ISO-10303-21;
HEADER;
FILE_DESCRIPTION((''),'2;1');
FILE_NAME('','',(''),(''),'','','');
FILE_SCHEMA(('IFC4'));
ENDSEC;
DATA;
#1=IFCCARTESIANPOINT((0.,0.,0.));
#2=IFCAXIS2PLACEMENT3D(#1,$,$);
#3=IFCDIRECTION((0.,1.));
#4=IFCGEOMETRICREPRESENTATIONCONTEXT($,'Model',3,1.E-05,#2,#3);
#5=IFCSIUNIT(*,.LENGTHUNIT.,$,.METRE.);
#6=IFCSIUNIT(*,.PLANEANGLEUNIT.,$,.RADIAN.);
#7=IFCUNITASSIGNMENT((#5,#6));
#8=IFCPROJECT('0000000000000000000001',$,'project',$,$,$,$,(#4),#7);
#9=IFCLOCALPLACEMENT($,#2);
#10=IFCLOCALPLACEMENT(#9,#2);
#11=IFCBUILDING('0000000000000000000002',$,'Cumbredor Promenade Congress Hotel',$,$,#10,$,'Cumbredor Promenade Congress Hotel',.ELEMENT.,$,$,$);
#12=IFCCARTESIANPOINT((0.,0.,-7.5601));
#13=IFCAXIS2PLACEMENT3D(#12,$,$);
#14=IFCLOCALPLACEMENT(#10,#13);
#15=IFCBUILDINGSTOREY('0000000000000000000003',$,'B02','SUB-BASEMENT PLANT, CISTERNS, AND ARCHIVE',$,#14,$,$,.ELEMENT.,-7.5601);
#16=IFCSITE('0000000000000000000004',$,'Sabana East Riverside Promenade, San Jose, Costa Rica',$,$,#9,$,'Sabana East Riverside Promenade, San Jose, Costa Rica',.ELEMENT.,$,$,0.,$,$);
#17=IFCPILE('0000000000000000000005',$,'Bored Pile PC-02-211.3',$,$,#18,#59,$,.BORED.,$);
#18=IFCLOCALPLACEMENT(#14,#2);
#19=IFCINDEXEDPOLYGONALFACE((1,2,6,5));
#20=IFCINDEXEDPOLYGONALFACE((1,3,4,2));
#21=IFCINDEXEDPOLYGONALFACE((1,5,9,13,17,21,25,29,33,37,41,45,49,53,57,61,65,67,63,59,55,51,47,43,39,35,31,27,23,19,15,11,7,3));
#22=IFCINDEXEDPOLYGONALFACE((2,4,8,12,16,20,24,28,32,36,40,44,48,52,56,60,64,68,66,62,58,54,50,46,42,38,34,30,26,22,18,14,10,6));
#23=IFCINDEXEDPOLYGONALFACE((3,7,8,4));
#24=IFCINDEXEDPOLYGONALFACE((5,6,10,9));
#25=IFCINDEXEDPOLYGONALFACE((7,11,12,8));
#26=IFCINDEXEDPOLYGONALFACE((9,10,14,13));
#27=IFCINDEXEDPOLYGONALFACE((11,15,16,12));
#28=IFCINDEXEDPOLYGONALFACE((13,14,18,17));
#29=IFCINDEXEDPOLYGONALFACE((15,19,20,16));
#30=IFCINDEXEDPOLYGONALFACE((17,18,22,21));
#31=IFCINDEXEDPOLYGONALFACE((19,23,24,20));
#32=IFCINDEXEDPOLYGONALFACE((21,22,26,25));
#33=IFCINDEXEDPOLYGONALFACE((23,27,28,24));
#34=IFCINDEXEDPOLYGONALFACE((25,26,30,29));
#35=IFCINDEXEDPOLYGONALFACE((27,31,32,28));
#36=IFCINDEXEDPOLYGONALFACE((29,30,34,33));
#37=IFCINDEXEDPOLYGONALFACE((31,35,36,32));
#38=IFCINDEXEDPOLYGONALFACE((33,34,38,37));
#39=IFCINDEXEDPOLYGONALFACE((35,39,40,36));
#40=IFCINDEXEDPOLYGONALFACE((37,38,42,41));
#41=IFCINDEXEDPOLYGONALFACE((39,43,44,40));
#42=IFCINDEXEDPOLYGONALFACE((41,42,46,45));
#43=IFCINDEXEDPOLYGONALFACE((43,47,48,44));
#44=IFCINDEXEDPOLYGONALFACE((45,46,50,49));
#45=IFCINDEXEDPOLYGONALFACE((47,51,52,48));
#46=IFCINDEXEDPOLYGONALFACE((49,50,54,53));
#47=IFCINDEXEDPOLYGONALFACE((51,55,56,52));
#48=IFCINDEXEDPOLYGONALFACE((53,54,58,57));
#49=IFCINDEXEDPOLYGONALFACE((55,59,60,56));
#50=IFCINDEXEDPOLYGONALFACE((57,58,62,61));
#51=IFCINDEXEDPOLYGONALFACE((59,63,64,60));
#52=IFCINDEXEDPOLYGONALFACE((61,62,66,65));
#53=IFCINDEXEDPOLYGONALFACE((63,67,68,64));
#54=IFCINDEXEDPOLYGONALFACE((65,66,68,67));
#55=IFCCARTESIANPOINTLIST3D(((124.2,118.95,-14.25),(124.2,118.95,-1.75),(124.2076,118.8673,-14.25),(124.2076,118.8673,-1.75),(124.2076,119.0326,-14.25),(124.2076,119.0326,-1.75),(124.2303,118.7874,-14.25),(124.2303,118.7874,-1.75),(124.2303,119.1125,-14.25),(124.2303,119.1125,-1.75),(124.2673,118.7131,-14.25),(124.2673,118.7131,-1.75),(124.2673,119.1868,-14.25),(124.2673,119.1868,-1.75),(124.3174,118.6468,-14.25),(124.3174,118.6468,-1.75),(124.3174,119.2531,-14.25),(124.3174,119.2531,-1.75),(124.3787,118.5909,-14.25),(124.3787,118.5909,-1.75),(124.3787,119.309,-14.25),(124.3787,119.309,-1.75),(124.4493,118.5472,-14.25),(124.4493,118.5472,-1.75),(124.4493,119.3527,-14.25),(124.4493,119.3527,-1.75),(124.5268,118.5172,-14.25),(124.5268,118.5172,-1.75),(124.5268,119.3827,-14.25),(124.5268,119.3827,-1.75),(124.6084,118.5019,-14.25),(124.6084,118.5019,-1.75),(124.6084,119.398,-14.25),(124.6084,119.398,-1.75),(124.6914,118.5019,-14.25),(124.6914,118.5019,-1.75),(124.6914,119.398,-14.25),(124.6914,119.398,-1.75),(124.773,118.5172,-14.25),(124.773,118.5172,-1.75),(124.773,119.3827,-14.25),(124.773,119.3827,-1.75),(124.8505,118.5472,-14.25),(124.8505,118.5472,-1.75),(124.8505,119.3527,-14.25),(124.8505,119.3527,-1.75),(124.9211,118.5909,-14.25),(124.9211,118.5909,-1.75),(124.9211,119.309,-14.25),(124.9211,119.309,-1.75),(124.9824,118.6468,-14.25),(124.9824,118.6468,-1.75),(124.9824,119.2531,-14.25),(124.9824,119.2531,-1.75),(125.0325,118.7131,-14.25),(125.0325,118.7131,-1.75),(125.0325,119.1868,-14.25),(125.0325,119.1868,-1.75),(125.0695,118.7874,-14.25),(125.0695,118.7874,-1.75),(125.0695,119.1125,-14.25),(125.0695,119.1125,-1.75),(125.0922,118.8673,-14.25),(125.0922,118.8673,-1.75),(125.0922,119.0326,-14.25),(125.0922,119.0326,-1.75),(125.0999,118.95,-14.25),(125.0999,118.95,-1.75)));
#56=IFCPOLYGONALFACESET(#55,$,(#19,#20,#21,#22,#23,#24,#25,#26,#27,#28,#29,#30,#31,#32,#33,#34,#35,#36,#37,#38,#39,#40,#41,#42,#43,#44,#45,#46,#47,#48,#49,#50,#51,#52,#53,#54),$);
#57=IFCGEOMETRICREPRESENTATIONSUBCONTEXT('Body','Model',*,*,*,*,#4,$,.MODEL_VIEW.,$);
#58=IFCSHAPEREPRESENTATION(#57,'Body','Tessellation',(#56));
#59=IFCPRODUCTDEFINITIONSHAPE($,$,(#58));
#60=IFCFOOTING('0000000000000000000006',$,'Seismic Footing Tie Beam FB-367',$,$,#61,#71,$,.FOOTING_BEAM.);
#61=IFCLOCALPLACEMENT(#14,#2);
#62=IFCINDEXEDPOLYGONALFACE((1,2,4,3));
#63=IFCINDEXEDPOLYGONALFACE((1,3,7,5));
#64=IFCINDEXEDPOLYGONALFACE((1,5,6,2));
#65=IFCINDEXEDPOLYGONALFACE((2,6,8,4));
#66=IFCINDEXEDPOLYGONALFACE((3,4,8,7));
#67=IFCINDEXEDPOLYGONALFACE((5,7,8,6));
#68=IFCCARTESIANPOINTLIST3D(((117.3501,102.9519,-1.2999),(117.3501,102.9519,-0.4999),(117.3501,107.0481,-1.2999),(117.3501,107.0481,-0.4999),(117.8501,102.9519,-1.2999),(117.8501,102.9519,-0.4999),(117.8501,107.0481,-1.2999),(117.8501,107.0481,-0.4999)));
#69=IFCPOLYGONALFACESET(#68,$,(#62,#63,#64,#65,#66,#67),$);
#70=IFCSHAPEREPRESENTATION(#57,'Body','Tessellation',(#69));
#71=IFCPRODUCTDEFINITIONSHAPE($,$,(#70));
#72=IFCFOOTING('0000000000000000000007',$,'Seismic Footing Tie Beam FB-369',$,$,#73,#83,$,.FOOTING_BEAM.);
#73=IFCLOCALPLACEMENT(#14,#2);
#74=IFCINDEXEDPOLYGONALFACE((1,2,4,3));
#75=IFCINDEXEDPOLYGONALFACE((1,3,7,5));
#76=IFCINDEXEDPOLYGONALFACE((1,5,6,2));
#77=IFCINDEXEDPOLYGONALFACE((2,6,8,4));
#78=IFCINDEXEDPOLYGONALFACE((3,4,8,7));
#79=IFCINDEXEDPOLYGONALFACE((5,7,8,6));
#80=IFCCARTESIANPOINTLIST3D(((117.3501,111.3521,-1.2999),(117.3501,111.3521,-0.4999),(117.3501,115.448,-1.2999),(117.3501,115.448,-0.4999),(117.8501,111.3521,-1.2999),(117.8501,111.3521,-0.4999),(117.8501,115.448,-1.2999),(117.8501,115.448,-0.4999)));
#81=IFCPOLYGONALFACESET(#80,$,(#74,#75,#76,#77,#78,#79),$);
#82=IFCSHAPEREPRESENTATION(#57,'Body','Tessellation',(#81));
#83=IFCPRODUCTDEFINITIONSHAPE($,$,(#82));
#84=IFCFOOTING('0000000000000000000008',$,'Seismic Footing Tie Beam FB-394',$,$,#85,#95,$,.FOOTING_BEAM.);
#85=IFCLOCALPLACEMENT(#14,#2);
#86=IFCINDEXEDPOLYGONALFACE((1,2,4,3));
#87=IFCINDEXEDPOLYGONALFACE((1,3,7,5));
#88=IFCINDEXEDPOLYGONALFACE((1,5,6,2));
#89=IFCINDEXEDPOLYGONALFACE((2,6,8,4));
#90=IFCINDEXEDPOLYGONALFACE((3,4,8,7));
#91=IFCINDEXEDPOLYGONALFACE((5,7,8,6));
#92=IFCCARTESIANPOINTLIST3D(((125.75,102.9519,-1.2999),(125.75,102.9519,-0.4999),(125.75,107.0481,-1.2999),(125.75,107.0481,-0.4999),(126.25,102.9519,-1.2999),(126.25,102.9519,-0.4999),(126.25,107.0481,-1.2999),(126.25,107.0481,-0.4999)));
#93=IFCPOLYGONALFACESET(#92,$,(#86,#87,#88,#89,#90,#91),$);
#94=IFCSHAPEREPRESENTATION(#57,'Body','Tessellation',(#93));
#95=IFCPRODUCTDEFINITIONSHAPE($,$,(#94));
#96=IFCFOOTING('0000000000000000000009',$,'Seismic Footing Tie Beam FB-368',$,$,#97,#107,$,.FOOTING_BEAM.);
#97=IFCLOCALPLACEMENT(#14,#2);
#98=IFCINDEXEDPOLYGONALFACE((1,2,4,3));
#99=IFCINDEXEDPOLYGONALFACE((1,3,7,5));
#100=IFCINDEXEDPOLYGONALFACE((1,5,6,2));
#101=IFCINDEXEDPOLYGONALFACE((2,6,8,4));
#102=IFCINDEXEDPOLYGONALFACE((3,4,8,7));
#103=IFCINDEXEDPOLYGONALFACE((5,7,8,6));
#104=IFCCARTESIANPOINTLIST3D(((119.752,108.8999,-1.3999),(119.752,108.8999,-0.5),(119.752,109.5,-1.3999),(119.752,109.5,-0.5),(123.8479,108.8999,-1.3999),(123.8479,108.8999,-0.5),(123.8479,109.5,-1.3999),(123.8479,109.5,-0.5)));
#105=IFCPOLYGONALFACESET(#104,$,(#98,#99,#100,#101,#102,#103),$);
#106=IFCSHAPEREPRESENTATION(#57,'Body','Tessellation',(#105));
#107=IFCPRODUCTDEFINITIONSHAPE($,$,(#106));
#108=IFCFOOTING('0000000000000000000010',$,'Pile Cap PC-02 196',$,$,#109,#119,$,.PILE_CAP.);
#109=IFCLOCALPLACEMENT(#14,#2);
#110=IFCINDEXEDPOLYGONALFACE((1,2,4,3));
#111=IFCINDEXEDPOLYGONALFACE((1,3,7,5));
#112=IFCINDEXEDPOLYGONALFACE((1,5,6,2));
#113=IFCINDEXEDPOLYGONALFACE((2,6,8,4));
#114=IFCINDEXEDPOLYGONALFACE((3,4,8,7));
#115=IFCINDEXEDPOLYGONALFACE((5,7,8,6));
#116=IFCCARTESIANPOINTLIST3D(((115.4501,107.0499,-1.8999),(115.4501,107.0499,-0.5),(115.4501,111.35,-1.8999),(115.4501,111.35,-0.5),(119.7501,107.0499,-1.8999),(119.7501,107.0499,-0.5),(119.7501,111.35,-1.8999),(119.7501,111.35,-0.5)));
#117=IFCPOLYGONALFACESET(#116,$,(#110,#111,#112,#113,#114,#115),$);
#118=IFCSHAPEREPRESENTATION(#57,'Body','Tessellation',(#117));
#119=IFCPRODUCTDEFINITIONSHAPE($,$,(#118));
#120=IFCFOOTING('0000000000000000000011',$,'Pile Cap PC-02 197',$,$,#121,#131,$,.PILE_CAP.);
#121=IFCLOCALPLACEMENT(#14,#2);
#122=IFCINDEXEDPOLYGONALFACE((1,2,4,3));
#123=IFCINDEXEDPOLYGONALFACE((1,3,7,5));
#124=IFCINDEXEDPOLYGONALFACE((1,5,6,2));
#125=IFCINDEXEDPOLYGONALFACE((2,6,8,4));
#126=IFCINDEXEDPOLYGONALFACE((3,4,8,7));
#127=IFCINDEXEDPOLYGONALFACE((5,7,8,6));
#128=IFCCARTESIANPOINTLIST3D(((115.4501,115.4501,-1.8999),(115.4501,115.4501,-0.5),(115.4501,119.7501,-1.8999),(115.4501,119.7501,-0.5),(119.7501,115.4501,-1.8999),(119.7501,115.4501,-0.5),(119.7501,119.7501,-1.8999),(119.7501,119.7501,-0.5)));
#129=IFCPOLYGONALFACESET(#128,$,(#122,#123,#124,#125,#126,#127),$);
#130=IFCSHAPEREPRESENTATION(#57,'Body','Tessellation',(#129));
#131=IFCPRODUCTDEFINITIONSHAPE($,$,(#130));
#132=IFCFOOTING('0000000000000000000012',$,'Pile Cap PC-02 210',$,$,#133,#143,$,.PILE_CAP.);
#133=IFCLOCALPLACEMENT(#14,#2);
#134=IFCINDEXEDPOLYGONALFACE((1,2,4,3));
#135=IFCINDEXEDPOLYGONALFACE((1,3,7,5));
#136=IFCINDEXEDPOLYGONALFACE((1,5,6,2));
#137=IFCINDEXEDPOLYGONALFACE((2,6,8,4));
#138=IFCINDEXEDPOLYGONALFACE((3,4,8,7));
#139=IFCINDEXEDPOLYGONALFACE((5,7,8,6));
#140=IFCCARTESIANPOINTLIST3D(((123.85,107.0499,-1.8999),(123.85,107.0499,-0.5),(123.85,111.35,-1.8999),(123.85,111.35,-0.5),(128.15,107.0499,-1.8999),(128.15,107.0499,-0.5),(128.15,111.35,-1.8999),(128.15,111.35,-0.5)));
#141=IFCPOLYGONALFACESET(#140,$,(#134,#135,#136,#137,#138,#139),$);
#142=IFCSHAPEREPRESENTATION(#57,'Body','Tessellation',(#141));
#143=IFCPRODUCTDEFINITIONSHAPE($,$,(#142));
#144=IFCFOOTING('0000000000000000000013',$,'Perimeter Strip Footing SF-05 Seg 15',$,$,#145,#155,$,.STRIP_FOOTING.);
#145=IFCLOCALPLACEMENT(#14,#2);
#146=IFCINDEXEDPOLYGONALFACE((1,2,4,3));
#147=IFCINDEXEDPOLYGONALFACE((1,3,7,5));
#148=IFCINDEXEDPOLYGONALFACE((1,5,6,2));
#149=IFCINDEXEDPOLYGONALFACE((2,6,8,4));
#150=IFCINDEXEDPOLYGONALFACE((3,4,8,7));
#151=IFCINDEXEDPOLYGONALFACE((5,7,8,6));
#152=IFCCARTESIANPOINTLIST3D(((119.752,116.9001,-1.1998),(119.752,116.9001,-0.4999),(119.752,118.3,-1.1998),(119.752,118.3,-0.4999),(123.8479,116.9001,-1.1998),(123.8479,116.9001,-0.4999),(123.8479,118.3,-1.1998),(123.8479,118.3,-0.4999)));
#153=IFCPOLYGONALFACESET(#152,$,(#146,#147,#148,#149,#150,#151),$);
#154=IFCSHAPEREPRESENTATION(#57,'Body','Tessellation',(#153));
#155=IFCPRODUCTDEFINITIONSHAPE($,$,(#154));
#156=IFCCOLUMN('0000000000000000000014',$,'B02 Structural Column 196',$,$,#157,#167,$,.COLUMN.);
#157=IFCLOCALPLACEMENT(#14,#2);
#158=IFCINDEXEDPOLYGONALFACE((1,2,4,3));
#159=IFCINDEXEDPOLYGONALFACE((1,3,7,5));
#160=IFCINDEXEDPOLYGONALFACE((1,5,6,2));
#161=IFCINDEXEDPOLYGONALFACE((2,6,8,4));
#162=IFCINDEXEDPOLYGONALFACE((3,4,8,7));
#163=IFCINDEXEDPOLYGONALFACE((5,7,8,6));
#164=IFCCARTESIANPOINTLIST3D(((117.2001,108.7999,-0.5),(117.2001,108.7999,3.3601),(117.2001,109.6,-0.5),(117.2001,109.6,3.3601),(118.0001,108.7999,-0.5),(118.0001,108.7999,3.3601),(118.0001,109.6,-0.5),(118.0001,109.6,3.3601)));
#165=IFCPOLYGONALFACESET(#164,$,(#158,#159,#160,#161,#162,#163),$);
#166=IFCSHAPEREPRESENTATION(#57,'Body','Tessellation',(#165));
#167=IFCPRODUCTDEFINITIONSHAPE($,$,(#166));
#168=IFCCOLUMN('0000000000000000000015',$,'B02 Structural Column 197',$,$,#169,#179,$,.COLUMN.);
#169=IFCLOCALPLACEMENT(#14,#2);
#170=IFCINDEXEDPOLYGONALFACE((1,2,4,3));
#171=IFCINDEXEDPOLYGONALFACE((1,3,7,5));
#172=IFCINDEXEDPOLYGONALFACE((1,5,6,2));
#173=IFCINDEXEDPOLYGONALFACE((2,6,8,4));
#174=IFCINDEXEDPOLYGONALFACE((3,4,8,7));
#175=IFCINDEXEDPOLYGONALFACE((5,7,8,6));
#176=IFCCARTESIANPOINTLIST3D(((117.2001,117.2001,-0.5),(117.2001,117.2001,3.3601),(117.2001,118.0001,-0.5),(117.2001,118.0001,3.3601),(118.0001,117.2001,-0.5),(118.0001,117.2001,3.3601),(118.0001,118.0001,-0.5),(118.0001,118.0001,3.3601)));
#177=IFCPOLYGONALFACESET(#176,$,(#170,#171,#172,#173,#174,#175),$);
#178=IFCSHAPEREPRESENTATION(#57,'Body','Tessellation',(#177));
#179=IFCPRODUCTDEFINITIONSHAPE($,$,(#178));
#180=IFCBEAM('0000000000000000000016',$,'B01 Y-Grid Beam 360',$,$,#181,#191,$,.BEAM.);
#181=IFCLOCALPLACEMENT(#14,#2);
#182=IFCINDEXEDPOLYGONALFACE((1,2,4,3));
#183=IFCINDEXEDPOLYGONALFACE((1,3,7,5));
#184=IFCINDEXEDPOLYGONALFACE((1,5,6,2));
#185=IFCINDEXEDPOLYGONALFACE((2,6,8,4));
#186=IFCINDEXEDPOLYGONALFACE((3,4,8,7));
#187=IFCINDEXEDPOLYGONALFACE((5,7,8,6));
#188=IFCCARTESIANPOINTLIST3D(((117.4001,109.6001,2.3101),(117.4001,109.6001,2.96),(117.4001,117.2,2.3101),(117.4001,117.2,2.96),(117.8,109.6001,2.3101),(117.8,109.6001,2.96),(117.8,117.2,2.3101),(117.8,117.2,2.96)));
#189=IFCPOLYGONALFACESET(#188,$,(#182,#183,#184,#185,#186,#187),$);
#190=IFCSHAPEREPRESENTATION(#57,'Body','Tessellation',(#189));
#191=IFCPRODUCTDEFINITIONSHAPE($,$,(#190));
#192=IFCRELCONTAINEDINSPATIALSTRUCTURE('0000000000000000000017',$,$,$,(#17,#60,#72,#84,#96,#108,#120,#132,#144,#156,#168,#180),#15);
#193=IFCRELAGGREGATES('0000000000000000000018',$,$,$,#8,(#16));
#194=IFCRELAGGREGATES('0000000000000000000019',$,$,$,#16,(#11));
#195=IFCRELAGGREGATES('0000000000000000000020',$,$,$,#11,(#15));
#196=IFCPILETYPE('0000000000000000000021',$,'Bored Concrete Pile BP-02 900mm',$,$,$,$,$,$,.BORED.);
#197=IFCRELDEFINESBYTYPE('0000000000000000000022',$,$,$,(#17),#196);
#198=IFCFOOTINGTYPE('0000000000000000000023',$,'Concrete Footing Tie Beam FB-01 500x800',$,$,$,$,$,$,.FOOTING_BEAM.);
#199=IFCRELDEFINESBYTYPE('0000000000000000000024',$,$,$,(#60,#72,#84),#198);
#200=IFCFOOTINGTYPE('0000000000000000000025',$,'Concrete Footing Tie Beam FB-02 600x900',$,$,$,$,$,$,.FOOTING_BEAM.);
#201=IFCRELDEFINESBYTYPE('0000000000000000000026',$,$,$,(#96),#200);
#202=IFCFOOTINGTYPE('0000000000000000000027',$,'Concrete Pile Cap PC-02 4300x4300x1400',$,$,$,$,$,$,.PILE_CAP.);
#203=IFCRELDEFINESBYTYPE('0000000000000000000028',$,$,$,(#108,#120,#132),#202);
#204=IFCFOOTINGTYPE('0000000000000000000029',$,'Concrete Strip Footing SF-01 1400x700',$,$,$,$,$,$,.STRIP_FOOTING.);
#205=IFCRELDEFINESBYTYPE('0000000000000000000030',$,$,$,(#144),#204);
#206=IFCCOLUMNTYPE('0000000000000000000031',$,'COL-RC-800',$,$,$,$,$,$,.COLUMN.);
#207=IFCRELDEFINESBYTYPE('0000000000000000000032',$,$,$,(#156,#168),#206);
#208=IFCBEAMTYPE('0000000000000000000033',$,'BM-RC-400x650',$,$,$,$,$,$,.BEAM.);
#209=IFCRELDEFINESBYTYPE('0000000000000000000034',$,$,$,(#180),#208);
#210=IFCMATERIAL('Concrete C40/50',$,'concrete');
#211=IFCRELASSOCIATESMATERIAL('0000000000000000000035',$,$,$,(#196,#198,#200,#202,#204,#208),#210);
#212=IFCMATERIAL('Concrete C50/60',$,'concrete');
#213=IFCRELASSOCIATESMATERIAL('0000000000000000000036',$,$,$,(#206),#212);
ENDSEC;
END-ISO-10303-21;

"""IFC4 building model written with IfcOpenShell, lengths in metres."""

from ifc_helpers import new_model, si_unit, direction, frame, origin, origin_2d, place, context, subcontext, project, spatial, rectangle, circle, extrude, material, material_profile, profile_set, type_object, element, save


model = new_model("IFC4")

# Units and contexts
model_context = context("Model", 3, precision=1e-05, world=origin(), true_north=direction((0.0, 1.0)))
body_context = subcontext(model_context, "Body", "Model", "MODEL_VIEW")
ifc_project = project(units=[si_unit("LENGTHUNIT", "METRE"), si_unit("PLANEANGLEUNIT", "RADIAN")], contexts=[model_context])

# Site, building, storey
site_placement = place(None, origin())
site = spatial("IfcSite", under=ifc_project, at=site_placement, Name="Sabana East Riverside Promenade, San Jose, Costa Rica", LongName="Sabana East Riverside Promenade, San Jose, Costa Rica", CompositionType="ELEMENT", RefElevation=0.0)
building_placement = place(site_placement, origin())
building = spatial("IfcBuilding", under=site, at=building_placement, Name="Cumbredor Promenade Congress Hotel", LongName="Cumbredor Promenade Congress Hotel", CompositionType="ELEMENT")
storey_placement = place(building_placement, frame((0.0, 0.0, -7.5601)))
storey = spatial("IfcBuildingStorey", under=building, at=storey_placement, Name="B02", Description="SUB-BASEMENT PLANT, CISTERNS, AND ARCHIVE", CompositionType="ELEMENT", Elevation=-7.5601)

# Pile
ifc_material_1 = material(Name="Concrete C40/50", Category="concrete")
ifc_material_profile_1 = material_profile(ifc_material_1, circle(Radius=0.45, at=origin_2d()), Name="PILE D900")
ifc_profile_set_1 = profile_set([ifc_material_profile_1], Name="Concrete C40/50")
pile_type = type_object("IfcPileType", Name="Bored Concrete Pile BP-02 900mm", PredefinedType="BORED", material=ifc_profile_set_1)
for number, where, z_axis, x_axis, name in (
    (1, (124.6499, 118.95, -1.75), (0.0, 0.0, -1.0), (1.0, 0.0, 0.0), "Bored Pile PC-02-211.3"),
):
    element("IfcPile", number, at=place(storey_placement, frame(where, z_axis=z_axis, x_axis=x_axis)), inside=storey, type_object=pile_type, Name=name, PredefinedType="BORED", context=body_context, shape_type="SweptSolid", body=[
        extrude(circle(Radius=0.45, at=origin_2d()), origin(), (0.0, 0.0, 1.0), 12.5),
    ])

# Footings
ifc_material_profile_2 = material_profile(ifc_material_1, rectangle(XDim=0.5, YDim=0.8, at=origin_2d()), Name="FB 500x800")
ifc_profile_set_2 = profile_set([ifc_material_profile_2], Name="Concrete C40/50")
footing_type_1 = type_object("IfcFootingType", Name="Concrete Footing Tie Beam FB-01 500x800", PredefinedType="FOOTING_BEAM", material=ifc_profile_set_2)
footing_1_placement = place(storey_placement, frame((117.6001, 102.9519, -0.8999), z_axis=(0.0, 1.0, 0.0), x_axis=(-1.0, 0.0, 0.0)))
element("IfcFooting", 2, at=footing_1_placement, inside=storey, type_object=footing_type_1, Name="Seismic Footing Tie Beam FB-367", PredefinedType="FOOTING_BEAM", context=body_context, shape_type="SweptSolid", body=[
    extrude(rectangle(XDim=0.5, YDim=0.8, at=origin_2d()), origin(), (0.0, 0.0, 1.0), 4.0962),
])
footing_2_placement = place(storey_placement, frame((117.6001, 111.3521, -0.8999), z_axis=(0.0, 1.0, 0.0), x_axis=(-1.0, 0.0, 0.0)))
element("IfcFooting", 3, at=footing_2_placement, inside=storey, type_object=footing_type_1, Name="Seismic Footing Tie Beam FB-369", PredefinedType="FOOTING_BEAM", context=body_context, shape_type="SweptSolid", body=[
    extrude(rectangle(XDim=0.5, YDim=0.8, at=origin_2d()), origin(), (0.0, 0.0, 1.0), 4.0959),
])
footing_3_placement = place(storey_placement, frame((126.0, 102.9519, -0.8999), z_axis=(0.0, 1.0, 0.0), x_axis=(-1.0, 0.0, 0.0)))
element("IfcFooting", 4, at=footing_3_placement, inside=storey, type_object=footing_type_1, Name="Seismic Footing Tie Beam FB-394", PredefinedType="FOOTING_BEAM", context=body_context, shape_type="SweptSolid", body=[
    extrude(rectangle(XDim=0.5, YDim=0.8, at=origin_2d()), origin(), (0.0, 0.0, 1.0), 4.0962),
])
ifc_material_profile_3 = material_profile(ifc_material_1, rectangle(XDim=0.6001, YDim=0.8999, at=origin_2d()), Name="FB 600x900")
ifc_profile_set_3 = profile_set([ifc_material_profile_3], Name="Concrete C40/50")
footing_type_2 = type_object("IfcFootingType", Name="Concrete Footing Tie Beam FB-02 600x900", PredefinedType="FOOTING_BEAM", material=ifc_profile_set_3)
footing_4_placement = place(storey_placement, frame((119.752, 109.2, -0.95), z_axis=(1.0, 0.0, 0.0), x_axis=(0.0, 1.0, 0.0)))
element("IfcFooting", 5, at=footing_4_placement, inside=storey, type_object=footing_type_2, Name="Seismic Footing Tie Beam FB-368", PredefinedType="FOOTING_BEAM", context=body_context, shape_type="SweptSolid", body=[
    extrude(rectangle(XDim=0.6001, YDim=0.8999, at=origin_2d()), origin(), (0.0, 0.0, 1.0), 4.0959),
])
footing_type_3 = type_object("IfcFootingType", Name="Concrete Pile Cap PC-02 4300x4300x1400", PredefinedType="PILE_CAP", material=ifc_material_1)
for number, where, z_axis, x_axis, name in (
    (6, (117.6001, 109.2, -1.8999), (0.0, 0.0, 1.0), (1.0, 0.0, 0.0), "Pile Cap PC-02 196"),
    (7, (117.6001, 117.6001, -1.8999), (0.0, 0.0, 1.0), (1.0, 0.0, 0.0), "Pile Cap PC-02 197"),
    (8, (126.0, 109.2, -1.8999), (0.0, 0.0, 1.0), (1.0, 0.0, 0.0), "Pile Cap PC-02 210"),
):
    element("IfcFooting", number, at=place(storey_placement, frame(where, z_axis=z_axis, x_axis=x_axis)), inside=storey, type_object=footing_type_3, Name=name, PredefinedType="PILE_CAP", context=body_context, shape_type="SweptSolid", body=[
        extrude(rectangle(XDim=4.3, YDim=4.3, at=origin_2d()), origin(), (0.0, 0.0, 1.0), 1.3999),
    ])
ifc_material_profile_4 = material_profile(ifc_material_1, rectangle(XDim=1.3999, YDim=0.7, at=origin_2d()), Name="SF 1400x700")
ifc_profile_set_4 = profile_set([ifc_material_profile_4], Name="Concrete C40/50")
footing_type_4 = type_object("IfcFootingType", Name="Concrete Strip Footing SF-01 1400x700", PredefinedType="STRIP_FOOTING", material=ifc_profile_set_4)
footing_5_placement = place(storey_placement, frame((119.752, 117.6001, -0.8499), z_axis=(1.0, 0.0, 0.0), x_axis=(0.0, 1.0, 0.0)))
element("IfcFooting", 9, at=footing_5_placement, inside=storey, type_object=footing_type_4, Name="Perimeter Strip Footing SF-05 Seg 15", PredefinedType="STRIP_FOOTING", context=body_context, shape_type="SweptSolid", body=[
    extrude(rectangle(XDim=1.3999, YDim=0.7, at=origin_2d()), origin(), (0.0, 0.0, 1.0), 4.0959),
])

# Columns
ifc_material_2 = material(Name="Concrete C50/60", Category="concrete")
ifc_material_profile_5 = material_profile(ifc_material_2, rectangle(XDim=0.8, YDim=0.8, at=origin_2d()), Name="RC 800x800")
ifc_profile_set_5 = profile_set([ifc_material_profile_5], Name="Concrete C50/60")
column_type = type_object("IfcColumnType", Name="COL-RC-800", PredefinedType="COLUMN", material=ifc_profile_set_5)
for number, where, z_axis, x_axis, name in (
    (10, (117.6001, 109.2, -0.5), (0.0, 0.0, 1.0), (1.0, 0.0, 0.0), "B02 Structural Column 196"),
    (11, (117.6001, 117.6001, -0.5), (0.0, 0.0, 1.0), (1.0, 0.0, 0.0), "B02 Structural Column 197"),
):
    element("IfcColumn", number, at=place(storey_placement, frame(where, z_axis=z_axis, x_axis=x_axis)), inside=storey, type_object=column_type, Name=name, PredefinedType="COLUMN", context=body_context, shape_type="SweptSolid", body=[
        extrude(rectangle(XDim=0.8, YDim=0.8, at=origin_2d()), origin(), (0.0, 0.0, 1.0), 3.8601),
    ])

# Beam
ifc_material_profile_6 = material_profile(ifc_material_1, rectangle(XDim=0.3999, YDim=0.6499, at=origin_2d()), Name="RC BEAM 400x650")
ifc_profile_set_6 = profile_set([ifc_material_profile_6], Name="Concrete C40/50")
beam_type_1 = type_object("IfcBeamType", Name="BM-RC-400x650", PredefinedType="BEAM", material=ifc_profile_set_6)
beam_placement = place(storey_placement, frame((117.6001, 109.6001, 2.635), z_axis=(0.0, 1.0, 0.0), x_axis=(-1.0, 0.0, 0.0)))
element("IfcBeam", 12, at=beam_placement, inside=storey, type_object=beam_type_1, Name="B01 Y-Grid Beam 360", PredefinedType="BEAM", context=body_context, shape_type="SweptSolid", body=[
    extrude(rectangle(XDim=0.3999, YDim=0.6499, at=origin_2d()), origin(), (0.0, 0.0, 1.0), 7.5999),
])

save(model, "model.ifc")
